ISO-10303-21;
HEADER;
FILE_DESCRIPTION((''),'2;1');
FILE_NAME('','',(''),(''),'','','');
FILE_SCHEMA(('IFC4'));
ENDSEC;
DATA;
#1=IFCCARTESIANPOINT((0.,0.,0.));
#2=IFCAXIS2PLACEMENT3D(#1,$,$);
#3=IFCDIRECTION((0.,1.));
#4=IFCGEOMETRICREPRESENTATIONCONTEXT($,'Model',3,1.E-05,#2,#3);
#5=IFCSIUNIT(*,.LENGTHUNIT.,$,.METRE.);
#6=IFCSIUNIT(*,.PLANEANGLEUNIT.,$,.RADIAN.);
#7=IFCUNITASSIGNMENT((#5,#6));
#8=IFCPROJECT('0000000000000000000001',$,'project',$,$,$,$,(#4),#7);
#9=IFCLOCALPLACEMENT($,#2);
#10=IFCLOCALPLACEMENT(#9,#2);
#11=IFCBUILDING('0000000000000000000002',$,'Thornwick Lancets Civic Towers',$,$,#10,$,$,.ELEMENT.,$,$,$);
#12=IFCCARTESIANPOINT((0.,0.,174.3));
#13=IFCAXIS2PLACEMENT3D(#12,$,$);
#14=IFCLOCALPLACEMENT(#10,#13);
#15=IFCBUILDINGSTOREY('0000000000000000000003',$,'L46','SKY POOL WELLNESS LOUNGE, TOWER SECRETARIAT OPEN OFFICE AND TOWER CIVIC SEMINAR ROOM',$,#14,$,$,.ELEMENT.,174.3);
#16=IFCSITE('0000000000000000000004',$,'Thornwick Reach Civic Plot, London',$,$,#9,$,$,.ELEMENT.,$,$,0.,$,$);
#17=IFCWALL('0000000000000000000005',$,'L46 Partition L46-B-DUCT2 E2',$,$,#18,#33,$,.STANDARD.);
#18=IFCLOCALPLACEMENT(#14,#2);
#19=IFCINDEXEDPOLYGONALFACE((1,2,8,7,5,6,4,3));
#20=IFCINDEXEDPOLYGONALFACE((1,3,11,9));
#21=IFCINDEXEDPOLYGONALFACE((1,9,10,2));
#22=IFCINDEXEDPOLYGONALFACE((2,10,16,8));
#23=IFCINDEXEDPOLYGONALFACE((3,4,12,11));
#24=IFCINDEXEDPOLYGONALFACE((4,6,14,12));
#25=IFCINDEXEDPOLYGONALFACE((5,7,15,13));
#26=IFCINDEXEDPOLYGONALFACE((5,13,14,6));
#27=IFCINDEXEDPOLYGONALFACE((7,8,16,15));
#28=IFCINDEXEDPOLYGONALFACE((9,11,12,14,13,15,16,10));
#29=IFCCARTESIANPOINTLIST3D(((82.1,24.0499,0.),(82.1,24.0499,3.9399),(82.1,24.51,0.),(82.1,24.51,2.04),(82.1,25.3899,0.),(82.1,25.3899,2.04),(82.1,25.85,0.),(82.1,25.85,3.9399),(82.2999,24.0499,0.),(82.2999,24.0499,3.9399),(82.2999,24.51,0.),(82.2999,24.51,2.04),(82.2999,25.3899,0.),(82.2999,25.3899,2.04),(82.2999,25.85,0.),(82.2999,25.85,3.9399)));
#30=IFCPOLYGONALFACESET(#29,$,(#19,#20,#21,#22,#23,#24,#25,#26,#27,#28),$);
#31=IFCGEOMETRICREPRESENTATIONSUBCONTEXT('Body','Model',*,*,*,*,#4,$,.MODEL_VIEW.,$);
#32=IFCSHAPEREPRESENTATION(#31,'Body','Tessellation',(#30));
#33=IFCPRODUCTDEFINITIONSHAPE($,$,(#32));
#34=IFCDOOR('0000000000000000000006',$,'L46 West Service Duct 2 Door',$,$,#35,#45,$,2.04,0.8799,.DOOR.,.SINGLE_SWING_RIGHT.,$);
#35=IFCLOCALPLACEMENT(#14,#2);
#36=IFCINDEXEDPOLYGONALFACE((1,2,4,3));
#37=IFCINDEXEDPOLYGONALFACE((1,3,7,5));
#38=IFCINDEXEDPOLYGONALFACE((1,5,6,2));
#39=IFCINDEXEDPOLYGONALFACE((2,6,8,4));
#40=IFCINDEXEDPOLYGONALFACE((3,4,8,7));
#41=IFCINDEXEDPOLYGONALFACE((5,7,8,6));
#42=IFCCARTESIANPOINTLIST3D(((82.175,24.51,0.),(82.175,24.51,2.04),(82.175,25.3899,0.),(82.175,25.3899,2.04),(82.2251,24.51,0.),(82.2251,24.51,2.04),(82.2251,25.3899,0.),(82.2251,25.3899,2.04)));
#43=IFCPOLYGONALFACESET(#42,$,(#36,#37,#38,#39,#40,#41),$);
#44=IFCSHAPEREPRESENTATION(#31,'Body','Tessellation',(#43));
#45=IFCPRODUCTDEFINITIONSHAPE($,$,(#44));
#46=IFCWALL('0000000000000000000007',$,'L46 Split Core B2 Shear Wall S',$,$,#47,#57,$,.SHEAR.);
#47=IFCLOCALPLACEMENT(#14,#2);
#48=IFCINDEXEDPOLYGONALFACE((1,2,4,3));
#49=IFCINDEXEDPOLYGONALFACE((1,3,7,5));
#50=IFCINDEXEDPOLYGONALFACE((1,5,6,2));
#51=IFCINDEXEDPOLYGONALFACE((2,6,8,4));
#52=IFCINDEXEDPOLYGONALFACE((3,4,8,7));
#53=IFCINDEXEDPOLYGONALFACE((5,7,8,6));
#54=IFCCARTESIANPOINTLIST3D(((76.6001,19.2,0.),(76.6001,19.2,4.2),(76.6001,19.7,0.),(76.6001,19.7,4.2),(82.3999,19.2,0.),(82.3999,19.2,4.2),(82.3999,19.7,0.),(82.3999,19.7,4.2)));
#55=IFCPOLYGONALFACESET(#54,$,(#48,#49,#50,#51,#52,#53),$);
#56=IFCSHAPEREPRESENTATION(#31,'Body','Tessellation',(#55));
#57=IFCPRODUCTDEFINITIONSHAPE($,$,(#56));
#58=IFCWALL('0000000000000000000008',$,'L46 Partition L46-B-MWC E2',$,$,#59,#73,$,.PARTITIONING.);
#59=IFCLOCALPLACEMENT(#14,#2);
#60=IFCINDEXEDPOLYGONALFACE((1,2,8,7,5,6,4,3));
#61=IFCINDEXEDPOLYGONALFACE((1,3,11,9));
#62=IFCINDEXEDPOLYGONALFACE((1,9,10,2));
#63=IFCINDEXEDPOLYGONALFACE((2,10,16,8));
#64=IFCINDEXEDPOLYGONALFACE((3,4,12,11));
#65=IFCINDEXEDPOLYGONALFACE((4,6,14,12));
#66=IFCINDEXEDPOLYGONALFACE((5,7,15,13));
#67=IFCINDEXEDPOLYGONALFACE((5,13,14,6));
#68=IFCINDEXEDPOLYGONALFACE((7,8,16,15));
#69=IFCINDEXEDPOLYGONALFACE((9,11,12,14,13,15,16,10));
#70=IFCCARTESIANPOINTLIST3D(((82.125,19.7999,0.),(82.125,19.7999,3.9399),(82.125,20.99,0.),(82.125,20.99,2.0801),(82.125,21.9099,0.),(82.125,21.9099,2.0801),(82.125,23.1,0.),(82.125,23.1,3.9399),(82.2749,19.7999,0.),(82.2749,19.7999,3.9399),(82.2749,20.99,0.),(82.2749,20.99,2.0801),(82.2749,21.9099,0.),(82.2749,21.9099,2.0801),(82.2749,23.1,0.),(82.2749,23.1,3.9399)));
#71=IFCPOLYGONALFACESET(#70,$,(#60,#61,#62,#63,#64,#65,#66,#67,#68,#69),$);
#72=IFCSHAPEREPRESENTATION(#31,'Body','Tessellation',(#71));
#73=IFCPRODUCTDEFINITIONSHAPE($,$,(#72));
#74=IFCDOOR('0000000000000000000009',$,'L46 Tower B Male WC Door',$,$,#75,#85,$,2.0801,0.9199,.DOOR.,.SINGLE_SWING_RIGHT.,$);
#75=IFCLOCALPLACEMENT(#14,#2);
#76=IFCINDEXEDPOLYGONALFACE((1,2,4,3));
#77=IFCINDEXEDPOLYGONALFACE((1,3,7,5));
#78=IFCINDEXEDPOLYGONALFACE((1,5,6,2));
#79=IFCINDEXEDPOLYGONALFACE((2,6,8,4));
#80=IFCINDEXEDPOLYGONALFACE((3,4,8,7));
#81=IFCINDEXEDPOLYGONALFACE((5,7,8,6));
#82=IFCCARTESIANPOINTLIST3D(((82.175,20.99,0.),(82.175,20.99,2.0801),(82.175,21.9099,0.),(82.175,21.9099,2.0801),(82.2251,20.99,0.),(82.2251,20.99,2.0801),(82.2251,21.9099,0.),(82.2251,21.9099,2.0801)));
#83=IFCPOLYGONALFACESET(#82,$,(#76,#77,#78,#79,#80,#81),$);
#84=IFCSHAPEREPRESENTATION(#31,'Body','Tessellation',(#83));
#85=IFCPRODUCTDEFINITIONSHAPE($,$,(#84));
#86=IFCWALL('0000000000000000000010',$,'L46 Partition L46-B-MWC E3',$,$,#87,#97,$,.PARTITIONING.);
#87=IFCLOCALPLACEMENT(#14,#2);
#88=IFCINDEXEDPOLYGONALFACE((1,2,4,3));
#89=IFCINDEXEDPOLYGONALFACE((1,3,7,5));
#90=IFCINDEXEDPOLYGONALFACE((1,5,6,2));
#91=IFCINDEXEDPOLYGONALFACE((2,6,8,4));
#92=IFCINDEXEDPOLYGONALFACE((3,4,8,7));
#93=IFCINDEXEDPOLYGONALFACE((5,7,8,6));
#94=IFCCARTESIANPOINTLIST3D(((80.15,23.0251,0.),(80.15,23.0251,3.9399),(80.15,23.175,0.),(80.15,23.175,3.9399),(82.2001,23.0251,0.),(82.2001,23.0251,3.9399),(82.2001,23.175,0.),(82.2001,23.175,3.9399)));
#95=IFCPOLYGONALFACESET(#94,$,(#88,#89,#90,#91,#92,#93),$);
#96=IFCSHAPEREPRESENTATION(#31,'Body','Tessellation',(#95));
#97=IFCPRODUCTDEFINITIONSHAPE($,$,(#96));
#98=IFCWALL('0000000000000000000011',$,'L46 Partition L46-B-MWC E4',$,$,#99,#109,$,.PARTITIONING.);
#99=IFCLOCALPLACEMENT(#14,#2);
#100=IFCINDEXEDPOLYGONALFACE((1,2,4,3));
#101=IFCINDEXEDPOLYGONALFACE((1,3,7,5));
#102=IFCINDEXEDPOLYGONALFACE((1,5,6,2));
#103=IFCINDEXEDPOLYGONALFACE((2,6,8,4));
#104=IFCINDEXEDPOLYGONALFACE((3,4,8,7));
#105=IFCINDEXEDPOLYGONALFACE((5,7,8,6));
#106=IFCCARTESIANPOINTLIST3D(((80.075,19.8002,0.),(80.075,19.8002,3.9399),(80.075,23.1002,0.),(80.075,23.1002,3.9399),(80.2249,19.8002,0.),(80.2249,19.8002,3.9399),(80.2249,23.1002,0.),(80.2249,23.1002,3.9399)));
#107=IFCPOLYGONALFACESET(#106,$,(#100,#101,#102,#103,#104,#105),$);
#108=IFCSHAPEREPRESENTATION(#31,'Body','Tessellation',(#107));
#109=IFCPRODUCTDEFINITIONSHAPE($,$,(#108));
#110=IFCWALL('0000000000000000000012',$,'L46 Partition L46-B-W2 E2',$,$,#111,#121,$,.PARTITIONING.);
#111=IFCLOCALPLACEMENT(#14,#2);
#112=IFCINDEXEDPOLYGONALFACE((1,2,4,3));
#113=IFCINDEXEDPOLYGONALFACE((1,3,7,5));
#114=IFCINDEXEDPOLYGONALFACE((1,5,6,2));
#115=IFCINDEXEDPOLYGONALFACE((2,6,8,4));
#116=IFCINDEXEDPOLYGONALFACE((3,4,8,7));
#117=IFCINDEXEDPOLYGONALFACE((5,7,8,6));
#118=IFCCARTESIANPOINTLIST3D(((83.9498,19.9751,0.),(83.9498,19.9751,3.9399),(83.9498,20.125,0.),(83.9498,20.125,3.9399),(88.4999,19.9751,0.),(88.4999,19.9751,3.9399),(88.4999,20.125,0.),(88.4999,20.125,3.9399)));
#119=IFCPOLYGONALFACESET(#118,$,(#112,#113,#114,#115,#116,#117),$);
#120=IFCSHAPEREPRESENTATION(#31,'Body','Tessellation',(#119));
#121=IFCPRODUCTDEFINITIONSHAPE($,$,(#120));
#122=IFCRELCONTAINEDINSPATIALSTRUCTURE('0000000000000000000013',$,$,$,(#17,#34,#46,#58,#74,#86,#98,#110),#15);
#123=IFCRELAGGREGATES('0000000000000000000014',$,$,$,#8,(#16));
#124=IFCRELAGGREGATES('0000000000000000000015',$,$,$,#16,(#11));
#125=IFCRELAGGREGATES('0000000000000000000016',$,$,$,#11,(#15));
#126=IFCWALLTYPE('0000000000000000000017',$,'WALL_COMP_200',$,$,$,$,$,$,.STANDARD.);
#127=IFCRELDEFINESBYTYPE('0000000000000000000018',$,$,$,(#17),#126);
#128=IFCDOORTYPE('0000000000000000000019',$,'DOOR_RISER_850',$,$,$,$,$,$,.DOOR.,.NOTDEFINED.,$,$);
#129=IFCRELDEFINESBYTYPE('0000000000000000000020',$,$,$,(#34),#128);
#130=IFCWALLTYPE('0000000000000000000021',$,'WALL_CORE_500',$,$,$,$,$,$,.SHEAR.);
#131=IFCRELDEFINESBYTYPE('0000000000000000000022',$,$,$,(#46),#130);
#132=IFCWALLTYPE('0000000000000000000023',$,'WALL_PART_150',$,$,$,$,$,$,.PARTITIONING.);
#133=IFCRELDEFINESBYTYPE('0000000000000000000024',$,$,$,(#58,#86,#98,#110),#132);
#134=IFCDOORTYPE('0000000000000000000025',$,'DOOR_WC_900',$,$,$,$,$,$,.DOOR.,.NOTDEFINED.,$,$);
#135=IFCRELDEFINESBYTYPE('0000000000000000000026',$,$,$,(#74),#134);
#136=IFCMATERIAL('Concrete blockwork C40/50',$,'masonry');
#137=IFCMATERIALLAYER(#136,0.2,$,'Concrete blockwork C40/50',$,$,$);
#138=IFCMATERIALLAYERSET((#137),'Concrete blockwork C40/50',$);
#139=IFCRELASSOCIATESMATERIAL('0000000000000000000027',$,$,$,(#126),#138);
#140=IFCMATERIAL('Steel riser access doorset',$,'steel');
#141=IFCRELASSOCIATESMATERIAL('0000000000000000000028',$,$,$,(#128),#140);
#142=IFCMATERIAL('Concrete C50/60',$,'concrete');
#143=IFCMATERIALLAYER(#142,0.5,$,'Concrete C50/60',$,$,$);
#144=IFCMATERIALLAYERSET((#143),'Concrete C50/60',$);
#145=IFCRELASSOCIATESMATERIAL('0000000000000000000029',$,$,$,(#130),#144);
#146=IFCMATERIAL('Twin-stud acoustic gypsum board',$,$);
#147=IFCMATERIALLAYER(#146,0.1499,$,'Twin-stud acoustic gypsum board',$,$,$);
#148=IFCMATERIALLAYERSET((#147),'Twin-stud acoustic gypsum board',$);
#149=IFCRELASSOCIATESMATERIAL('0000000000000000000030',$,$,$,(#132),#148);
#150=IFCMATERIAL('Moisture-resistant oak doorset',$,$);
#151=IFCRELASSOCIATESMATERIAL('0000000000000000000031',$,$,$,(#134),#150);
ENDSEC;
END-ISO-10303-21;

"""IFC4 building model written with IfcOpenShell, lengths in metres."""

from ifc_helpers import new_model, si_unit, direction, frame, frame_2d, origin, place, context, subcontext, project, spatial, rectangle, extrude, material, layer, layer_set, type_object, element, fill, save


model = new_model("IFC4")

# Units and contexts
model_context = context("Model", 3, precision=1e-05, world=origin(), true_north=direction((0.0, 1.0)))
body_context = subcontext(model_context, "Body", "Model", "MODEL_VIEW")
ifc_project = project(units=[si_unit("LENGTHUNIT", "METRE"), si_unit("PLANEANGLEUNIT", "RADIAN")], contexts=[model_context])

# Site, building, storey
site_placement = place(None, origin())
site = spatial("IfcSite", under=ifc_project, at=site_placement, Name="Thornwick Reach Civic Plot, London", CompositionType="ELEMENT", RefElevation=0.0)
building_placement = place(site_placement, origin())
building = spatial("IfcBuilding", under=site, at=building_placement, Name="Thornwick Lancets Civic Towers", CompositionType="ELEMENT")
storey_placement = place(building_placement, frame((0.0, 0.0, 174.3)))
storey = spatial("IfcBuildingStorey", under=building, at=storey_placement, Name="L46", Description="SKY POOL WELLNESS LOUNGE, TOWER SECRETARIAT OPEN OFFICE AND TOWER CIVIC SEMINAR ROOM", CompositionType="ELEMENT", Elevation=174.3)

# Shared definitions
ifc_material_1 = material(Name="Concrete blockwork C40/50", Category="masonry")
ifc_layer_1 = layer(ifc_material_1, 0.2, Name="Concrete blockwork C40/50")
ifc_layer_set_1 = layer_set([ifc_layer_1], Name="Concrete blockwork C40/50")
wall_type_1 = type_object("IfcWallType", Name="WALL_COMP_200", PredefinedType="STANDARD", material=ifc_layer_set_1)

# Wall, opening, door
wall_1_placement = place(storey_placement, frame((82.2, 24.05, 0.0), z_axis=(0.0, 0.0, 1.0), x_axis=(0.0, 1.0, 0.0)))
wall_1 = element("IfcWall", 1, at=wall_1_placement, inside=storey, type_object=wall_type_1, Name="L46 Partition L46-B-DUCT2 E2", PredefinedType="STANDARD", context=body_context, shape_type="SweptSolid", body=[
    extrude(rectangle(XDim=1.8, YDim=0.2, at=frame_2d((0.8999, 0.0))), origin(), (0.0, 0.0, 1.0), 3.9399),
])
opening_1_placement = place(wall_1_placement, frame((0.46, 0.0, 0.0)))
opening_1 = element("IfcOpeningElement", 2, at=opening_1_placement, cuts=wall_1, PredefinedType="OPENING", context=body_context, shape_type="SweptSolid", body=[
    extrude(rectangle(XDim=0.8799, YDim=2.04, at=frame_2d((0.4399, 1.02))), frame((0.0, 0.1099, 0.0), z_axis=(0.0, -1.0, 0.0), x_axis=(1.0, 0.0, 0.0)), (0.0, 0.0, 1.0), 0.22),
])
ifc_material_2 = material(Name="Steel riser access doorset", Category="steel")
door_type_1 = type_object("IfcDoorType", Name="DOOR_RISER_850", OperationType="NOTDEFINED", PredefinedType="DOOR", material=ifc_material_2)
door_1_placement = place(opening_1_placement, origin())
door_1 = element("IfcDoor", 3, at=door_1_placement, inside=storey, type_object=door_type_1, Name="L46 West Service Duct 2 Door", OperationType="SINGLE_SWING_RIGHT", OverallHeight=2.04, OverallWidth=0.8799, PredefinedType="DOOR", context=body_context, shape_type="SweptSolid", body=[
    extrude(rectangle(XDim=0.8799, YDim=2.04, at=frame_2d((0.4399, 1.02))), frame((0.0, 0.0249, 0.0), z_axis=(0.0, -1.0, 0.0), x_axis=(1.0, 0.0, 0.0)), (0.0, 0.0, 1.0), 0.05),
])
fill(opening_1, door_1)

# Wall
ifc_material_3 = material(Name="Concrete C50/60", Category="concrete")
ifc_layer_2 = layer(ifc_material_3, 0.5, Name="Concrete C50/60")
ifc_layer_set_2 = layer_set([ifc_layer_2], Name="Concrete C50/60")
wall_type_2 = type_object("IfcWallType", Name="WALL_CORE_500", PredefinedType="SHEAR", material=ifc_layer_set_2)
wall_2_placement = place(storey_placement, frame((76.6001, 19.45, 0.0), z_axis=(0.0, 0.0, 1.0), x_axis=(1.0, 0.0, 0.0)))
element("IfcWall", 4, at=wall_2_placement, inside=storey, type_object=wall_type_2, Name="L46 Split Core B2 Shear Wall S", PredefinedType="SHEAR", context=body_context, shape_type="SweptSolid", body=[
    extrude(rectangle(XDim=5.7998, YDim=0.5, at=frame_2d((2.8999, 0.0))), origin(), (0.0, 0.0, 1.0), 4.2),
])

# Wall, opening, door
ifc_material_4 = material(Name="Twin-stud acoustic gypsum board")
ifc_layer_3 = layer(ifc_material_4, 0.1499, Name="Twin-stud acoustic gypsum board")
ifc_layer_set_3 = layer_set([ifc_layer_3], Name="Twin-stud acoustic gypsum board")
wall_type_3 = type_object("IfcWallType", Name="WALL_PART_150", PredefinedType="PARTITIONING", material=ifc_layer_set_3)
wall_3_placement = place(storey_placement, frame((82.2, 19.8, 0.0), z_axis=(0.0, 0.0, 1.0), x_axis=(0.0, 1.0, 0.0)))
wall_3 = element("IfcWall", 5, at=wall_3_placement, inside=storey, type_object=wall_type_3, Name="L46 Partition L46-B-MWC E2", PredefinedType="PARTITIONING", context=body_context, shape_type="SweptSolid", body=[
    extrude(rectangle(XDim=3.3, YDim=0.1499, at=frame_2d((1.6499, 0.0))), origin(), (0.0, 0.0, 1.0), 3.9399),
])
opening_2_placement = place(wall_3_placement, frame((1.1899, 0.0, 0.0)))
opening_2 = element("IfcOpeningElement", 6, at=opening_2_placement, cuts=wall_3, PredefinedType="OPENING", context=body_context, shape_type="SweptSolid", body=[
    extrude(rectangle(XDim=0.9199, YDim=2.0801, at=frame_2d((0.46, 1.04))), frame((0.0, 0.085, 0.0), z_axis=(0.0, -1.0, 0.0), x_axis=(1.0, 0.0, 0.0)), (0.0, 0.0, 1.0), 0.1699),
])
ifc_material_5 = material(Name="Moisture-resistant oak doorset")
door_type_2 = type_object("IfcDoorType", Name="DOOR_WC_900", OperationType="NOTDEFINED", PredefinedType="DOOR", material=ifc_material_5)
door_2_placement = place(opening_2_placement, origin())
door_2 = element("IfcDoor", 7, at=door_2_placement, inside=storey, type_object=door_type_2, Name="L46 Tower B Male WC Door", OperationType="SINGLE_SWING_RIGHT", OverallHeight=2.0801, OverallWidth=0.9199, PredefinedType="DOOR", context=body_context, shape_type="SweptSolid", body=[
    extrude(rectangle(XDim=0.9199, YDim=2.0801, at=frame_2d((0.46, 1.04))), frame((0.0, 0.0249, 0.0), z_axis=(0.0, -1.0, 0.0), x_axis=(1.0, 0.0, 0.0)), (0.0, 0.0, 1.0), 0.05),
])
fill(opening_2, door_2)

# Walls
wall_4_placement = place(storey_placement, frame((82.2, 23.1001, 0.0), z_axis=(0.0, 0.0, 1.0), x_axis=(-1.0, 0.0, 0.0)))
element("IfcWall", 8, at=wall_4_placement, inside=storey, type_object=wall_type_3, Name="L46 Partition L46-B-MWC E3", PredefinedType="PARTITIONING", context=body_context, shape_type="SweptSolid", body=[
    extrude(rectangle(XDim=2.05, YDim=0.1499, at=frame_2d((1.0249, 0.0))), origin(), (0.0, 0.0, 1.0), 3.9399),
])
wall_5_placement = place(storey_placement, frame((80.1499, 23.1001, 0.0), z_axis=(0.0, 0.0, 1.0), x_axis=(0.0, -1.0, 0.0)))
element("IfcWall", 9, at=wall_5_placement, inside=storey, type_object=wall_type_3, Name="L46 Partition L46-B-MWC E4", PredefinedType="PARTITIONING", context=body_context, shape_type="SweptSolid", body=[
    extrude(rectangle(XDim=3.3, YDim=0.1499, at=frame_2d((1.6499, 0.0))), origin(), (0.0, 0.0, 1.0), 3.9399),
])
wall_6_placement = place(storey_placement, frame((83.95, 20.05, 0.0), z_axis=(0.0, 0.0, 1.0), x_axis=(1.0, 0.0, 0.0)))
element("IfcWall", 10, at=wall_6_placement, inside=storey, type_object=wall_type_3, Name="L46 Partition L46-B-W2 E2", PredefinedType="PARTITIONING", context=body_context, shape_type="SweptSolid", body=[
    extrude(rectangle(XDim=4.55, YDim=0.1499, at=frame_2d((2.2749, 0.0))), origin(), (0.0, 0.0, 1.0), 3.9399),
])

save(model, "model.ifc")
